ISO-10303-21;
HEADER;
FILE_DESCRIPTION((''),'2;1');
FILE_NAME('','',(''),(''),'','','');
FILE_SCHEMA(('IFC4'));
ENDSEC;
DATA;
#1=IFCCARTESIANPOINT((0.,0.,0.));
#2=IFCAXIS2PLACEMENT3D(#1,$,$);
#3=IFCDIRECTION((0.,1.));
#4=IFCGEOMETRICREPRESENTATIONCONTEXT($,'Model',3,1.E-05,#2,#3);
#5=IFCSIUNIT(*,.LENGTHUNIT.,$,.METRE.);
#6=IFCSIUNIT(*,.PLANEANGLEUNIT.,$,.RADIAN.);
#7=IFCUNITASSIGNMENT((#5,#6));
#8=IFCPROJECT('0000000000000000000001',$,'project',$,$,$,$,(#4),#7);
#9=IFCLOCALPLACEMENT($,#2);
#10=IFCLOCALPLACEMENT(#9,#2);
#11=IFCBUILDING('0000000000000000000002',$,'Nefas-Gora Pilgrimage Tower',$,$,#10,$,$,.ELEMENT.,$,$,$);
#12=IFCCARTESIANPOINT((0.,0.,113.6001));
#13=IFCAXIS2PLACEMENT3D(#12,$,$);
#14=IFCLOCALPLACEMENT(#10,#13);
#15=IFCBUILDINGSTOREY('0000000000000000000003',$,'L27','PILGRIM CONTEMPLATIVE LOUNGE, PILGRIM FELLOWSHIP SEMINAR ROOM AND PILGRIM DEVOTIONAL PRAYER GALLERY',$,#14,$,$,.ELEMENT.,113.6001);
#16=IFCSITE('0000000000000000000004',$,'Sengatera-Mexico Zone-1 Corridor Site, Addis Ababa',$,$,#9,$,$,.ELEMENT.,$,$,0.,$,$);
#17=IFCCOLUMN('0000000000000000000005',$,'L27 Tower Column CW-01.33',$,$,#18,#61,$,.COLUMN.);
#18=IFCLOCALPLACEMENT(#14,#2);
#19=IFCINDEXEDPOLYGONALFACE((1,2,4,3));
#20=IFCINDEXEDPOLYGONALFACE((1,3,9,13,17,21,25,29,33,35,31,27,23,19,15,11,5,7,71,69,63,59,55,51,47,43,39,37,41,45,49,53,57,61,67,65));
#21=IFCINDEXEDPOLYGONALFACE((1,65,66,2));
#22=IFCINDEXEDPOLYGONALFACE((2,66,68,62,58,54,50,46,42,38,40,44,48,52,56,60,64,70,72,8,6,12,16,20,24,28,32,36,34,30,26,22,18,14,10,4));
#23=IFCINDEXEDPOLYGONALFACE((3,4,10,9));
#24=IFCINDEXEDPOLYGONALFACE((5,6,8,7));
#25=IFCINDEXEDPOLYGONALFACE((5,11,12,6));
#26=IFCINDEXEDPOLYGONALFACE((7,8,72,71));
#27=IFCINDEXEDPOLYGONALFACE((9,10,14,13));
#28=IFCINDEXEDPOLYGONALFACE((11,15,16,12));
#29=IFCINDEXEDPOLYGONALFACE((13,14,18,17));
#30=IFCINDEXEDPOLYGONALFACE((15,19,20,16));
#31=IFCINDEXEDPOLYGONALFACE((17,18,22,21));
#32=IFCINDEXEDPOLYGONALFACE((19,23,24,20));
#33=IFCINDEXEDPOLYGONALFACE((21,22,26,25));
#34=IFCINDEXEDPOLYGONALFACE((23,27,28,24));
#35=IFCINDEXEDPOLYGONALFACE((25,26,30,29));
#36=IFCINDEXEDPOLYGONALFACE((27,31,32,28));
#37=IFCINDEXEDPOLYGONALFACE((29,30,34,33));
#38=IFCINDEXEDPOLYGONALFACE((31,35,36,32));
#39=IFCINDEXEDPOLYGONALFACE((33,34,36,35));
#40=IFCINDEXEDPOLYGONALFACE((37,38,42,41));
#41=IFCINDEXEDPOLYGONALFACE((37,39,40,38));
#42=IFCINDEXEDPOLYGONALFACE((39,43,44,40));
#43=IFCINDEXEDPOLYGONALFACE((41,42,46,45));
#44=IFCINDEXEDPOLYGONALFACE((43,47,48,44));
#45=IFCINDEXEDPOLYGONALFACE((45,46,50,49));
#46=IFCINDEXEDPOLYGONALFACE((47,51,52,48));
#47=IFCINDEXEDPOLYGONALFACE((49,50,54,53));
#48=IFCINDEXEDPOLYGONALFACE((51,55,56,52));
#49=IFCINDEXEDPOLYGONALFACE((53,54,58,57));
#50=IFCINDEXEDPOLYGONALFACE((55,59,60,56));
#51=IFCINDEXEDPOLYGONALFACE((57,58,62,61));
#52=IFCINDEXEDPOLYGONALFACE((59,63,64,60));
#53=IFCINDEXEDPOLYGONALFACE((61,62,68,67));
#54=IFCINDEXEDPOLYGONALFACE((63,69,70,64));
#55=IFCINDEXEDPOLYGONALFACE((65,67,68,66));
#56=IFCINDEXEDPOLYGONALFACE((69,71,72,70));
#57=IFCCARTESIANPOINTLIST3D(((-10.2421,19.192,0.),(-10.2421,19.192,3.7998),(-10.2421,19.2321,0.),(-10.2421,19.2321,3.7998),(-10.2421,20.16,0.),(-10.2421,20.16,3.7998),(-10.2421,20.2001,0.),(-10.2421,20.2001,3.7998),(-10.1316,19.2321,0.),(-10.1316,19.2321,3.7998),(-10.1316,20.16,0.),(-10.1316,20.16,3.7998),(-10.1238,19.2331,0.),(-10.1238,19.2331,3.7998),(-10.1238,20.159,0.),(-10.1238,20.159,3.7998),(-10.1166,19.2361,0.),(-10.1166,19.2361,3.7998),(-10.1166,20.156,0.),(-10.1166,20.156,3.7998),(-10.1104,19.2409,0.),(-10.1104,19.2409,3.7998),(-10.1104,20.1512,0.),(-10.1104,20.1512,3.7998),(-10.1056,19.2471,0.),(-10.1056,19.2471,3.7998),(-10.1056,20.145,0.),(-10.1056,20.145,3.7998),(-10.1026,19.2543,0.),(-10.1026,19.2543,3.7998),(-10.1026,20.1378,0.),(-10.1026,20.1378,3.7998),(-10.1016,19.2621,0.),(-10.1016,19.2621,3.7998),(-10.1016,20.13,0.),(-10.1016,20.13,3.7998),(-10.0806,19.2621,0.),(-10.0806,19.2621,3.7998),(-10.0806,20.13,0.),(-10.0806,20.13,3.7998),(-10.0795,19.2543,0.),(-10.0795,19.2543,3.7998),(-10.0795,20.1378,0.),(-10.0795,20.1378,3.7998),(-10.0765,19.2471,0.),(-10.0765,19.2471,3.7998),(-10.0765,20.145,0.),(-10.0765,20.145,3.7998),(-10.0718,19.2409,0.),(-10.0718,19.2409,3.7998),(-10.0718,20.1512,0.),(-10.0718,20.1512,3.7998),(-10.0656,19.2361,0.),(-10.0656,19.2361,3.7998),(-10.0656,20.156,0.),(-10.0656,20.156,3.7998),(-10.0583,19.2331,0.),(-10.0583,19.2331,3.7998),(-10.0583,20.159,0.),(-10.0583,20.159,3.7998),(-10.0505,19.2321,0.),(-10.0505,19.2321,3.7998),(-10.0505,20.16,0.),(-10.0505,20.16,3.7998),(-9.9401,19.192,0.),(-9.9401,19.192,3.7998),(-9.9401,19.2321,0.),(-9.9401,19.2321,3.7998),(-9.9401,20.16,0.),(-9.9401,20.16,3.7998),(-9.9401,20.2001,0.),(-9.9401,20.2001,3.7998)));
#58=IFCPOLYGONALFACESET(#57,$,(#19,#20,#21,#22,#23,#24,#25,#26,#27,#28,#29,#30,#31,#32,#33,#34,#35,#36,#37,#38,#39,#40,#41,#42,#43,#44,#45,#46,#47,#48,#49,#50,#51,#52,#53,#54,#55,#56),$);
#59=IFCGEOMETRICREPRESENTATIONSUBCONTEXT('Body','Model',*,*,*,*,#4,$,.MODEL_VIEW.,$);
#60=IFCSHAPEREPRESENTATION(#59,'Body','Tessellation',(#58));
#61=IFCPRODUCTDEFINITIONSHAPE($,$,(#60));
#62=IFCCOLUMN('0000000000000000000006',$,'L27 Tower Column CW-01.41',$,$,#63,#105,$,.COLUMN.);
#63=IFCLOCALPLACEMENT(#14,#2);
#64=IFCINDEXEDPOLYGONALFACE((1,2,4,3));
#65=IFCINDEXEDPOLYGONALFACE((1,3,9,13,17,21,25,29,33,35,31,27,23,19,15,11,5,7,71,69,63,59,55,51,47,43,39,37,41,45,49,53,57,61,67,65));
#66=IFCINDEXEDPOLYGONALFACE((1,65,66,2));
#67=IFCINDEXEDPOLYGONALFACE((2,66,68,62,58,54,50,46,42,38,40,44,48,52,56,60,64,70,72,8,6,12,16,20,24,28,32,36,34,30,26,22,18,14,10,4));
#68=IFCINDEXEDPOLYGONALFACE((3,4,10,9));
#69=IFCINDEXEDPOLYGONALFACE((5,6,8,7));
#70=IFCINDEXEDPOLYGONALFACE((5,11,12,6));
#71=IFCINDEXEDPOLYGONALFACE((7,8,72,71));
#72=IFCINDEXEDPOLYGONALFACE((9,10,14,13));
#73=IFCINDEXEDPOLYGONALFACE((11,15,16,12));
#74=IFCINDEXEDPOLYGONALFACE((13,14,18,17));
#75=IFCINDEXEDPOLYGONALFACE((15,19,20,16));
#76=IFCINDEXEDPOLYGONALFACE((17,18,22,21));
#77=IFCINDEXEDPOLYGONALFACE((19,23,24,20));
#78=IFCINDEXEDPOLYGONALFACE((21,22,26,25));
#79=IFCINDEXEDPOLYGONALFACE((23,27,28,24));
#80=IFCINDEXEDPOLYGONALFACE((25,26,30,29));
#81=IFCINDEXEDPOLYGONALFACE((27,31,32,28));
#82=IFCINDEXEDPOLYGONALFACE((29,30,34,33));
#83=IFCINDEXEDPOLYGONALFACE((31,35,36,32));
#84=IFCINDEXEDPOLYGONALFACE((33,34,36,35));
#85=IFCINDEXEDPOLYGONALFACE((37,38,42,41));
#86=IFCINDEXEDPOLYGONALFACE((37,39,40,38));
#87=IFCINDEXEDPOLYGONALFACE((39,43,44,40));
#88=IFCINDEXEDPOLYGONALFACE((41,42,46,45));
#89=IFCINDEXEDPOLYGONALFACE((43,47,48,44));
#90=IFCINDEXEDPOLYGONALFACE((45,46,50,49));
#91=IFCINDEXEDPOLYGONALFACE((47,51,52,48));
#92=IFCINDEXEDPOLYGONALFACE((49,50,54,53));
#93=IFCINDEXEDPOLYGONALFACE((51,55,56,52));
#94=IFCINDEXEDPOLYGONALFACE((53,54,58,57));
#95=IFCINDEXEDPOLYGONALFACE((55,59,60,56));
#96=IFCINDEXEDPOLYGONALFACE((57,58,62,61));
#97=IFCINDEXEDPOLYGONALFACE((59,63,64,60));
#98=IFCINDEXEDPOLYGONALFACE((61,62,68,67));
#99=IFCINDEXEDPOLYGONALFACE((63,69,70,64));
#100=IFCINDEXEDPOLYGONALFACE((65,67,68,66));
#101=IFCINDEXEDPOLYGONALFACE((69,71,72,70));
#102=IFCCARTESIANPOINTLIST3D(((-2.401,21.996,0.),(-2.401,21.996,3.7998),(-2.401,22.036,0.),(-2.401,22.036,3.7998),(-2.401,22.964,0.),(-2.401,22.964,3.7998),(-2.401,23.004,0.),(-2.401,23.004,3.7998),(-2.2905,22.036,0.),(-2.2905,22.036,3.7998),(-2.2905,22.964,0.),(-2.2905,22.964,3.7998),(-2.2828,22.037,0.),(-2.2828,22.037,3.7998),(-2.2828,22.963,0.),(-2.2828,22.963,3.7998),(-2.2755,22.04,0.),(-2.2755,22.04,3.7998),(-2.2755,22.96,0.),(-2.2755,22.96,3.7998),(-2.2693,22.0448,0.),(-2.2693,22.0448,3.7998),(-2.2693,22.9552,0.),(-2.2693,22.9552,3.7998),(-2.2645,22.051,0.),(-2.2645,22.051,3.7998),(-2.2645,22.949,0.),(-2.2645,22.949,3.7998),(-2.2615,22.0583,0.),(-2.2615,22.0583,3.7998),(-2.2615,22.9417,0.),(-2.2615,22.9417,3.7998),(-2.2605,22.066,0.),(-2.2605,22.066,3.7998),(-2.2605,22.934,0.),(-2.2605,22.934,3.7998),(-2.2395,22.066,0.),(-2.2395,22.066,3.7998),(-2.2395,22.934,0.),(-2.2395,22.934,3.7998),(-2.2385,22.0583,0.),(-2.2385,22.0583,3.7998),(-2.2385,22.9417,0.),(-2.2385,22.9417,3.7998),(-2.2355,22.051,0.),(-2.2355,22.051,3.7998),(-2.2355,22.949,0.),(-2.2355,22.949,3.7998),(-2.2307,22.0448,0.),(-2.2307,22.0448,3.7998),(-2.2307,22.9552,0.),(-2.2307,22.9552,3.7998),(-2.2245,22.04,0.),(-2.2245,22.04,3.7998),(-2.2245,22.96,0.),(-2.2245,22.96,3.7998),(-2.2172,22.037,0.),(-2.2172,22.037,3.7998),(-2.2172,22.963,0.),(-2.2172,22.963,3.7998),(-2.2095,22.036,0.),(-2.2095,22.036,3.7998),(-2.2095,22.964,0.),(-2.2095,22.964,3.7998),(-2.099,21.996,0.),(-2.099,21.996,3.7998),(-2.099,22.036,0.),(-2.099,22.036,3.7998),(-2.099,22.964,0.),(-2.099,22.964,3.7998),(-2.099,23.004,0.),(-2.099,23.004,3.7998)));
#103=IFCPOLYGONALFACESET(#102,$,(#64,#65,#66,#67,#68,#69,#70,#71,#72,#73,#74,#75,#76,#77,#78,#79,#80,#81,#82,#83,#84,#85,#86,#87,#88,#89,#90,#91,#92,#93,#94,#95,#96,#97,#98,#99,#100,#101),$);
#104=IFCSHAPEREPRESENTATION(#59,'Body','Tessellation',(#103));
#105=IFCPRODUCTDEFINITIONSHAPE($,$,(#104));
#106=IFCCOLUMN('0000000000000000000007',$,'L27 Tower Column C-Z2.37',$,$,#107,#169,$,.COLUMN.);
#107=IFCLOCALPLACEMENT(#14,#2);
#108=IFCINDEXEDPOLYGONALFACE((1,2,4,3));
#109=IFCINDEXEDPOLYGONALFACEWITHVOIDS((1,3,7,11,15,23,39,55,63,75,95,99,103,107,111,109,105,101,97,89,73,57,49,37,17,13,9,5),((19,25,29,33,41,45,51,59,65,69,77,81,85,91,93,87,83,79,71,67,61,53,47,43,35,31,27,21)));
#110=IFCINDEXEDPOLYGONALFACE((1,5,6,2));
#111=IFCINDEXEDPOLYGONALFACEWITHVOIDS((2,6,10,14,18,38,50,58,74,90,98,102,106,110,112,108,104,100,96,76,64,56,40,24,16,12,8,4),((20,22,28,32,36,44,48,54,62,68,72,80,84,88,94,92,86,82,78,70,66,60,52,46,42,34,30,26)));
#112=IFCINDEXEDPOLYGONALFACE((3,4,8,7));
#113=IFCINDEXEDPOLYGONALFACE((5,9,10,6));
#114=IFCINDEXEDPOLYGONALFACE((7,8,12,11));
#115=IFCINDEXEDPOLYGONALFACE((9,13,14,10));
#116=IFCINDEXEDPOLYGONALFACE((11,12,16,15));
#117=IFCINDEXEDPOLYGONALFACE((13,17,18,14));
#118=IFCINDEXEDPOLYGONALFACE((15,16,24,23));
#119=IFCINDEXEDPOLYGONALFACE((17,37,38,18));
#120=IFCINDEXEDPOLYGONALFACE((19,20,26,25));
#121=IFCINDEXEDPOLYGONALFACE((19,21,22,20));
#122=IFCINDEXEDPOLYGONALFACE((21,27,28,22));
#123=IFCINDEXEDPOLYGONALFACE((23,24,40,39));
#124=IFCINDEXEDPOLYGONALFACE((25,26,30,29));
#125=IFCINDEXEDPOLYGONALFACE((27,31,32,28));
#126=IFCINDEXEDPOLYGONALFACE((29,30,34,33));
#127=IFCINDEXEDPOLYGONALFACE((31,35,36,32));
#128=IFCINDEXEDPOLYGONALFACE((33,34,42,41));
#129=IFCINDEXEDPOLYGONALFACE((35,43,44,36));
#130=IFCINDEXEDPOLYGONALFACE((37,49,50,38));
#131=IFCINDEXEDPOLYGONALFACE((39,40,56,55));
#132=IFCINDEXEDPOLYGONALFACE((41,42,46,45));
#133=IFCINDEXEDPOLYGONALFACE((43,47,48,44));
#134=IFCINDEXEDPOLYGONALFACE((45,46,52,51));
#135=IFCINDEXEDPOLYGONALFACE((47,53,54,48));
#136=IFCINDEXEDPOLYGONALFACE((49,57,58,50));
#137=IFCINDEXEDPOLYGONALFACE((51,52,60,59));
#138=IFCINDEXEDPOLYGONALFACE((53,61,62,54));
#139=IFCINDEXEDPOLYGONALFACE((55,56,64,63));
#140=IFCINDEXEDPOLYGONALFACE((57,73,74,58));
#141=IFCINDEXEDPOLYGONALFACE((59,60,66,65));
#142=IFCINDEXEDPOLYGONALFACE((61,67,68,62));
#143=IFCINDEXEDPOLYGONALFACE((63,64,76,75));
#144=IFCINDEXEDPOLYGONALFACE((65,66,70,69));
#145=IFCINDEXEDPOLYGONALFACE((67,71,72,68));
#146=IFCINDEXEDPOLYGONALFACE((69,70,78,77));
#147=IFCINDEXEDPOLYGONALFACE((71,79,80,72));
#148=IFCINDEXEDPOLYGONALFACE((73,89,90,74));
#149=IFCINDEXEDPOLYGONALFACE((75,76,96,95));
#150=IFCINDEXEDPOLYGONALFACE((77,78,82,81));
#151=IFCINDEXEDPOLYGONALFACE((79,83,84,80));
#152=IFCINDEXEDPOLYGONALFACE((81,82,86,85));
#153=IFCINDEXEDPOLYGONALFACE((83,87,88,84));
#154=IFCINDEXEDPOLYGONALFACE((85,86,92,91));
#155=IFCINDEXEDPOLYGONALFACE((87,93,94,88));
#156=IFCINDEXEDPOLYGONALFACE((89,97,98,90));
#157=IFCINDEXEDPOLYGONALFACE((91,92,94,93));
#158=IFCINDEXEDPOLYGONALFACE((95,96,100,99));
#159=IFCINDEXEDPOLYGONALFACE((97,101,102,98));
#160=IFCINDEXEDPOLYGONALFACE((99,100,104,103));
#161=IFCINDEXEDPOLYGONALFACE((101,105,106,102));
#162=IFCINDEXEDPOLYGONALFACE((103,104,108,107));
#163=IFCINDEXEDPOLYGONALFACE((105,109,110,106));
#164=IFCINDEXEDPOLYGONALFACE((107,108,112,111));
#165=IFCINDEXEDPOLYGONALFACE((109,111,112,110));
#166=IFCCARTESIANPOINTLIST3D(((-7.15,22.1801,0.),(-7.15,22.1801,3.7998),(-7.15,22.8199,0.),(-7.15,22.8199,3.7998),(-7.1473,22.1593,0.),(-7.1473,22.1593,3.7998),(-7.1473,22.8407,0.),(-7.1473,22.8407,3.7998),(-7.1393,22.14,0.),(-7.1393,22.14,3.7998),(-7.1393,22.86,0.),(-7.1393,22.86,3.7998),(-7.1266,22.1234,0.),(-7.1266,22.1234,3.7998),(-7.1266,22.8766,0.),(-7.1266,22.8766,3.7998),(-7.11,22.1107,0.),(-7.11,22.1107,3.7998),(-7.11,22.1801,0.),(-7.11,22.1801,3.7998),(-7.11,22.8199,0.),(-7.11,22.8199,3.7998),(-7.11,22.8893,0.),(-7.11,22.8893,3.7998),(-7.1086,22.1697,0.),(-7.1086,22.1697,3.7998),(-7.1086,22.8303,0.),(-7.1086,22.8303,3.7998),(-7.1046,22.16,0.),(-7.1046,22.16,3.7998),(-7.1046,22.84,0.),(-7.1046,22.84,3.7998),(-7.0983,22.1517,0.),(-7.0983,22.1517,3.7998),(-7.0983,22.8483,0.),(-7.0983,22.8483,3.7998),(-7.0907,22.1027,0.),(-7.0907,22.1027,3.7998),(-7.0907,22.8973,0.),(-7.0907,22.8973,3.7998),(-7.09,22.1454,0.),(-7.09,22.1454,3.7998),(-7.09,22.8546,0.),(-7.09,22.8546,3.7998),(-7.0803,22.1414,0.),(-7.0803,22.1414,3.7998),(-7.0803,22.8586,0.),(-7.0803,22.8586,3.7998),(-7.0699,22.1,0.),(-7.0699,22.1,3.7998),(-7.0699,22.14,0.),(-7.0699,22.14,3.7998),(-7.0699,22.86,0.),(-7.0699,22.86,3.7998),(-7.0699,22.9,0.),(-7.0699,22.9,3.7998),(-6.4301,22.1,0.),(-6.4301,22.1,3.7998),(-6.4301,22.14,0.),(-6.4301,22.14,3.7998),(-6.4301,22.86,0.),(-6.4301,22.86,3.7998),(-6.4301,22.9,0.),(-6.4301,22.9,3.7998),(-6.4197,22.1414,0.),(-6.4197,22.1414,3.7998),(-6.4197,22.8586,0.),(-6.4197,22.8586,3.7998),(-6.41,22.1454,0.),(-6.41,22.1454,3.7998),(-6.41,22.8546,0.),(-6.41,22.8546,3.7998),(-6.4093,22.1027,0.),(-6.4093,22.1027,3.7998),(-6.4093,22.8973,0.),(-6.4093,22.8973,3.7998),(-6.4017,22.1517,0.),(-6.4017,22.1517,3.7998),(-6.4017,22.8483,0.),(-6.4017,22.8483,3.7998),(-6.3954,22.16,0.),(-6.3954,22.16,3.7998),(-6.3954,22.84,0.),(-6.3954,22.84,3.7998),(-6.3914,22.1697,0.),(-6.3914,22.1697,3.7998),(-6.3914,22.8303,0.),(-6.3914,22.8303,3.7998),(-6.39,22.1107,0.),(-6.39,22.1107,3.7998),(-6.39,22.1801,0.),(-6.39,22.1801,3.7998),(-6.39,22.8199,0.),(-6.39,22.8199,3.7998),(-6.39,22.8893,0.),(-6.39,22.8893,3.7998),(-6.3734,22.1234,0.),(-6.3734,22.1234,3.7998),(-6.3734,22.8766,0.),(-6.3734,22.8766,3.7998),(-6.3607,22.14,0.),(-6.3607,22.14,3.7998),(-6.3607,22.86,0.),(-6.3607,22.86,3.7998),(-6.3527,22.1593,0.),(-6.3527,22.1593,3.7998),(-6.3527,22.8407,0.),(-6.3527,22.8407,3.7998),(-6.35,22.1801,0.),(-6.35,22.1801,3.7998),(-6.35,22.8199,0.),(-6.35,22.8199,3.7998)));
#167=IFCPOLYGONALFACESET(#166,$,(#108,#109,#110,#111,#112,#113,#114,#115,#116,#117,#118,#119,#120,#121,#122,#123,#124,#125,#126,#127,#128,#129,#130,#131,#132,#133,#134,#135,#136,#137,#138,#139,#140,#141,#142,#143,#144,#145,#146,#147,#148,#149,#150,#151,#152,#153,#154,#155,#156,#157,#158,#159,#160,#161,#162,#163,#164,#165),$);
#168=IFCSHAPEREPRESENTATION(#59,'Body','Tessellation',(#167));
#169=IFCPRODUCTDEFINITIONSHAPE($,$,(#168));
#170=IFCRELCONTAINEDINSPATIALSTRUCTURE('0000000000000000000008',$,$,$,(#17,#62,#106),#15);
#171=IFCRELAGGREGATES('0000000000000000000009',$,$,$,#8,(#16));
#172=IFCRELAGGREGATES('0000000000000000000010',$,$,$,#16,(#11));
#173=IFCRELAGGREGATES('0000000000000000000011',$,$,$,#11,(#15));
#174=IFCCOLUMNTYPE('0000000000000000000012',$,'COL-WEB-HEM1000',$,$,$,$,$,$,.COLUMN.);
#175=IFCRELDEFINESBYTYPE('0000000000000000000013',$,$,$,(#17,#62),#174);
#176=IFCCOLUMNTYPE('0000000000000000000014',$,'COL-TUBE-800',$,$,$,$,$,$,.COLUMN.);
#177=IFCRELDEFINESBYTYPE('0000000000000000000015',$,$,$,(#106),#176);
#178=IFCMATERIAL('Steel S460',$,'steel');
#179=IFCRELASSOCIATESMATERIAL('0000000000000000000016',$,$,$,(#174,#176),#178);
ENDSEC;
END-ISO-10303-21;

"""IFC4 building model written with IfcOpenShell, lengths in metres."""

from ifc_helpers import new_model, si_unit, direction, frame, origin, origin_2d, place, context, subcontext, project, spatial, hollow_rectangle, i_section, extrude, source, transform, mapped, material, material_profile, profile_set, type_object, element, save


model = new_model("IFC4")

# Units and contexts
model_context = context("Model", 3, precision=1e-05, world=origin(), true_north=direction((0.0, 1.0)))
body_context = subcontext(model_context, "Body", "Model", "MODEL_VIEW")
ifc_project = project(units=[si_unit("LENGTHUNIT", "METRE"), si_unit("PLANEANGLEUNIT", "RADIAN")], contexts=[model_context])

# Site, building, storey
site_placement = place(None, origin())
site = spatial("IfcSite", under=ifc_project, at=site_placement, Name="Sengatera-Mexico Zone-1 Corridor Site, Addis Ababa", CompositionType="ELEMENT", RefElevation=0.0)
building_placement = place(site_placement, origin())
building = spatial("IfcBuilding", under=site, at=building_placement, Name="Nefas-Gora Pilgrimage Tower", CompositionType="ELEMENT")
storey_placement = place(building_placement, frame((0.0, 0.0, 113.6001)))
storey = spatial("IfcBuildingStorey", under=building, at=storey_placement, Name="L27", Description="PILGRIM CONTEMPLATIVE LOUNGE, PILGRIM FELLOWSHIP SEMINAR ROOM AND PILGRIM DEVOTIONAL PRAYER GALLERY", CompositionType="ELEMENT", Elevation=113.6001)

# Columns
ifc_material_1 = material(Name="Steel S460", Category="steel")
ifc_material_profile_1 = material_profile(ifc_material_1, i_section(OverallWidth=0.302, OverallDepth=1.0081, WebThickness=0.021, FlangeThickness=0.04, FilletRadius=0.03, at=origin_2d()), Name="HEM 1000")
ifc_profile_set_1 = profile_set([ifc_material_profile_1], Name="Steel S460")
column_type_1 = type_object("IfcColumnType", Name="COL-WEB-HEM1000", PredefinedType="COLUMN", material=ifc_profile_set_1)
shared_shape_1 = source(origin(), body_context, "Body", "SweptSolid", [
    extrude(i_section(OverallWidth=0.302, OverallDepth=1.0081, WebThickness=0.021, FlangeThickness=0.04, FilletRadius=0.03, at=origin_2d()), origin(), (0.0, 0.0, 1.0), 3.7998),
])
for number, where, z_axis, x_axis, name in (
    (1, (-10.0911, 19.696, 0.0), (0.0, 0.0, 1.0), (1.0, 0.0, 0.0), "L27 Tower Column CW-01.33"),
    (2, (-2.25, 22.5, 0.0), (0.0, 0.0, 1.0), (1.0, 0.0, 0.0), "L27 Tower Column CW-01.41"),
):
    element("IfcColumn", number, at=place(storey_placement, frame(where, z_axis=z_axis, x_axis=x_axis)), inside=storey, type_object=column_type_1, Name=name, PredefinedType="COLUMN", context=body_context, shape_type="MappedRepresentation", body=[
        mapped(shared_shape_1, transform((0.0, 0.0, 0.0), x_axis=(1.0, 0.0, 0.0), y_axis=(0.0, 1.0, 0.0), z_axis=(0.0, 0.0, 1.0), scale=1.0)),
    ])
ifc_material_profile_2 = material_profile(ifc_material_1, hollow_rectangle(XDim=0.8, YDim=0.8, WallThickness=0.04, InnerFilletRadius=0.04, OuterFilletRadius=0.0801, at=origin_2d()), Name="BOX 800x800x40")
ifc_profile_set_2 = profile_set([ifc_material_profile_2], Name="Steel S460")
column_type_2 = type_object("IfcColumnType", Name="COL-TUBE-800", PredefinedType="COLUMN", material=ifc_profile_set_2)
shared_shape_2 = source(origin(), body_context, "Body", "SweptSolid", [
    extrude(hollow_rectangle(XDim=0.8, YDim=0.8, WallThickness=0.04, InnerFilletRadius=0.04, OuterFilletRadius=0.0801, at=origin_2d()), origin(), (0.0, 0.0, 1.0), 3.7998),
])
column_placement = place(storey_placement, frame((-6.75, 22.5, 0.0), z_axis=(0.0, 0.0, 1.0), x_axis=(1.0, 0.0, 0.0)))
element("IfcColumn", 3, at=column_placement, inside=storey, type_object=column_type_2, Name="L27 Tower Column C-Z2.37", PredefinedType="COLUMN", context=body_context, shape_type="MappedRepresentation", body=[
    mapped(shared_shape_2, transform((0.0, 0.0, 0.0), x_axis=(1.0, 0.0, 0.0), y_axis=(0.0, 1.0, 0.0), z_axis=(0.0, 0.0, 1.0), scale=1.0)),
])

save(model, "model.ifc")
